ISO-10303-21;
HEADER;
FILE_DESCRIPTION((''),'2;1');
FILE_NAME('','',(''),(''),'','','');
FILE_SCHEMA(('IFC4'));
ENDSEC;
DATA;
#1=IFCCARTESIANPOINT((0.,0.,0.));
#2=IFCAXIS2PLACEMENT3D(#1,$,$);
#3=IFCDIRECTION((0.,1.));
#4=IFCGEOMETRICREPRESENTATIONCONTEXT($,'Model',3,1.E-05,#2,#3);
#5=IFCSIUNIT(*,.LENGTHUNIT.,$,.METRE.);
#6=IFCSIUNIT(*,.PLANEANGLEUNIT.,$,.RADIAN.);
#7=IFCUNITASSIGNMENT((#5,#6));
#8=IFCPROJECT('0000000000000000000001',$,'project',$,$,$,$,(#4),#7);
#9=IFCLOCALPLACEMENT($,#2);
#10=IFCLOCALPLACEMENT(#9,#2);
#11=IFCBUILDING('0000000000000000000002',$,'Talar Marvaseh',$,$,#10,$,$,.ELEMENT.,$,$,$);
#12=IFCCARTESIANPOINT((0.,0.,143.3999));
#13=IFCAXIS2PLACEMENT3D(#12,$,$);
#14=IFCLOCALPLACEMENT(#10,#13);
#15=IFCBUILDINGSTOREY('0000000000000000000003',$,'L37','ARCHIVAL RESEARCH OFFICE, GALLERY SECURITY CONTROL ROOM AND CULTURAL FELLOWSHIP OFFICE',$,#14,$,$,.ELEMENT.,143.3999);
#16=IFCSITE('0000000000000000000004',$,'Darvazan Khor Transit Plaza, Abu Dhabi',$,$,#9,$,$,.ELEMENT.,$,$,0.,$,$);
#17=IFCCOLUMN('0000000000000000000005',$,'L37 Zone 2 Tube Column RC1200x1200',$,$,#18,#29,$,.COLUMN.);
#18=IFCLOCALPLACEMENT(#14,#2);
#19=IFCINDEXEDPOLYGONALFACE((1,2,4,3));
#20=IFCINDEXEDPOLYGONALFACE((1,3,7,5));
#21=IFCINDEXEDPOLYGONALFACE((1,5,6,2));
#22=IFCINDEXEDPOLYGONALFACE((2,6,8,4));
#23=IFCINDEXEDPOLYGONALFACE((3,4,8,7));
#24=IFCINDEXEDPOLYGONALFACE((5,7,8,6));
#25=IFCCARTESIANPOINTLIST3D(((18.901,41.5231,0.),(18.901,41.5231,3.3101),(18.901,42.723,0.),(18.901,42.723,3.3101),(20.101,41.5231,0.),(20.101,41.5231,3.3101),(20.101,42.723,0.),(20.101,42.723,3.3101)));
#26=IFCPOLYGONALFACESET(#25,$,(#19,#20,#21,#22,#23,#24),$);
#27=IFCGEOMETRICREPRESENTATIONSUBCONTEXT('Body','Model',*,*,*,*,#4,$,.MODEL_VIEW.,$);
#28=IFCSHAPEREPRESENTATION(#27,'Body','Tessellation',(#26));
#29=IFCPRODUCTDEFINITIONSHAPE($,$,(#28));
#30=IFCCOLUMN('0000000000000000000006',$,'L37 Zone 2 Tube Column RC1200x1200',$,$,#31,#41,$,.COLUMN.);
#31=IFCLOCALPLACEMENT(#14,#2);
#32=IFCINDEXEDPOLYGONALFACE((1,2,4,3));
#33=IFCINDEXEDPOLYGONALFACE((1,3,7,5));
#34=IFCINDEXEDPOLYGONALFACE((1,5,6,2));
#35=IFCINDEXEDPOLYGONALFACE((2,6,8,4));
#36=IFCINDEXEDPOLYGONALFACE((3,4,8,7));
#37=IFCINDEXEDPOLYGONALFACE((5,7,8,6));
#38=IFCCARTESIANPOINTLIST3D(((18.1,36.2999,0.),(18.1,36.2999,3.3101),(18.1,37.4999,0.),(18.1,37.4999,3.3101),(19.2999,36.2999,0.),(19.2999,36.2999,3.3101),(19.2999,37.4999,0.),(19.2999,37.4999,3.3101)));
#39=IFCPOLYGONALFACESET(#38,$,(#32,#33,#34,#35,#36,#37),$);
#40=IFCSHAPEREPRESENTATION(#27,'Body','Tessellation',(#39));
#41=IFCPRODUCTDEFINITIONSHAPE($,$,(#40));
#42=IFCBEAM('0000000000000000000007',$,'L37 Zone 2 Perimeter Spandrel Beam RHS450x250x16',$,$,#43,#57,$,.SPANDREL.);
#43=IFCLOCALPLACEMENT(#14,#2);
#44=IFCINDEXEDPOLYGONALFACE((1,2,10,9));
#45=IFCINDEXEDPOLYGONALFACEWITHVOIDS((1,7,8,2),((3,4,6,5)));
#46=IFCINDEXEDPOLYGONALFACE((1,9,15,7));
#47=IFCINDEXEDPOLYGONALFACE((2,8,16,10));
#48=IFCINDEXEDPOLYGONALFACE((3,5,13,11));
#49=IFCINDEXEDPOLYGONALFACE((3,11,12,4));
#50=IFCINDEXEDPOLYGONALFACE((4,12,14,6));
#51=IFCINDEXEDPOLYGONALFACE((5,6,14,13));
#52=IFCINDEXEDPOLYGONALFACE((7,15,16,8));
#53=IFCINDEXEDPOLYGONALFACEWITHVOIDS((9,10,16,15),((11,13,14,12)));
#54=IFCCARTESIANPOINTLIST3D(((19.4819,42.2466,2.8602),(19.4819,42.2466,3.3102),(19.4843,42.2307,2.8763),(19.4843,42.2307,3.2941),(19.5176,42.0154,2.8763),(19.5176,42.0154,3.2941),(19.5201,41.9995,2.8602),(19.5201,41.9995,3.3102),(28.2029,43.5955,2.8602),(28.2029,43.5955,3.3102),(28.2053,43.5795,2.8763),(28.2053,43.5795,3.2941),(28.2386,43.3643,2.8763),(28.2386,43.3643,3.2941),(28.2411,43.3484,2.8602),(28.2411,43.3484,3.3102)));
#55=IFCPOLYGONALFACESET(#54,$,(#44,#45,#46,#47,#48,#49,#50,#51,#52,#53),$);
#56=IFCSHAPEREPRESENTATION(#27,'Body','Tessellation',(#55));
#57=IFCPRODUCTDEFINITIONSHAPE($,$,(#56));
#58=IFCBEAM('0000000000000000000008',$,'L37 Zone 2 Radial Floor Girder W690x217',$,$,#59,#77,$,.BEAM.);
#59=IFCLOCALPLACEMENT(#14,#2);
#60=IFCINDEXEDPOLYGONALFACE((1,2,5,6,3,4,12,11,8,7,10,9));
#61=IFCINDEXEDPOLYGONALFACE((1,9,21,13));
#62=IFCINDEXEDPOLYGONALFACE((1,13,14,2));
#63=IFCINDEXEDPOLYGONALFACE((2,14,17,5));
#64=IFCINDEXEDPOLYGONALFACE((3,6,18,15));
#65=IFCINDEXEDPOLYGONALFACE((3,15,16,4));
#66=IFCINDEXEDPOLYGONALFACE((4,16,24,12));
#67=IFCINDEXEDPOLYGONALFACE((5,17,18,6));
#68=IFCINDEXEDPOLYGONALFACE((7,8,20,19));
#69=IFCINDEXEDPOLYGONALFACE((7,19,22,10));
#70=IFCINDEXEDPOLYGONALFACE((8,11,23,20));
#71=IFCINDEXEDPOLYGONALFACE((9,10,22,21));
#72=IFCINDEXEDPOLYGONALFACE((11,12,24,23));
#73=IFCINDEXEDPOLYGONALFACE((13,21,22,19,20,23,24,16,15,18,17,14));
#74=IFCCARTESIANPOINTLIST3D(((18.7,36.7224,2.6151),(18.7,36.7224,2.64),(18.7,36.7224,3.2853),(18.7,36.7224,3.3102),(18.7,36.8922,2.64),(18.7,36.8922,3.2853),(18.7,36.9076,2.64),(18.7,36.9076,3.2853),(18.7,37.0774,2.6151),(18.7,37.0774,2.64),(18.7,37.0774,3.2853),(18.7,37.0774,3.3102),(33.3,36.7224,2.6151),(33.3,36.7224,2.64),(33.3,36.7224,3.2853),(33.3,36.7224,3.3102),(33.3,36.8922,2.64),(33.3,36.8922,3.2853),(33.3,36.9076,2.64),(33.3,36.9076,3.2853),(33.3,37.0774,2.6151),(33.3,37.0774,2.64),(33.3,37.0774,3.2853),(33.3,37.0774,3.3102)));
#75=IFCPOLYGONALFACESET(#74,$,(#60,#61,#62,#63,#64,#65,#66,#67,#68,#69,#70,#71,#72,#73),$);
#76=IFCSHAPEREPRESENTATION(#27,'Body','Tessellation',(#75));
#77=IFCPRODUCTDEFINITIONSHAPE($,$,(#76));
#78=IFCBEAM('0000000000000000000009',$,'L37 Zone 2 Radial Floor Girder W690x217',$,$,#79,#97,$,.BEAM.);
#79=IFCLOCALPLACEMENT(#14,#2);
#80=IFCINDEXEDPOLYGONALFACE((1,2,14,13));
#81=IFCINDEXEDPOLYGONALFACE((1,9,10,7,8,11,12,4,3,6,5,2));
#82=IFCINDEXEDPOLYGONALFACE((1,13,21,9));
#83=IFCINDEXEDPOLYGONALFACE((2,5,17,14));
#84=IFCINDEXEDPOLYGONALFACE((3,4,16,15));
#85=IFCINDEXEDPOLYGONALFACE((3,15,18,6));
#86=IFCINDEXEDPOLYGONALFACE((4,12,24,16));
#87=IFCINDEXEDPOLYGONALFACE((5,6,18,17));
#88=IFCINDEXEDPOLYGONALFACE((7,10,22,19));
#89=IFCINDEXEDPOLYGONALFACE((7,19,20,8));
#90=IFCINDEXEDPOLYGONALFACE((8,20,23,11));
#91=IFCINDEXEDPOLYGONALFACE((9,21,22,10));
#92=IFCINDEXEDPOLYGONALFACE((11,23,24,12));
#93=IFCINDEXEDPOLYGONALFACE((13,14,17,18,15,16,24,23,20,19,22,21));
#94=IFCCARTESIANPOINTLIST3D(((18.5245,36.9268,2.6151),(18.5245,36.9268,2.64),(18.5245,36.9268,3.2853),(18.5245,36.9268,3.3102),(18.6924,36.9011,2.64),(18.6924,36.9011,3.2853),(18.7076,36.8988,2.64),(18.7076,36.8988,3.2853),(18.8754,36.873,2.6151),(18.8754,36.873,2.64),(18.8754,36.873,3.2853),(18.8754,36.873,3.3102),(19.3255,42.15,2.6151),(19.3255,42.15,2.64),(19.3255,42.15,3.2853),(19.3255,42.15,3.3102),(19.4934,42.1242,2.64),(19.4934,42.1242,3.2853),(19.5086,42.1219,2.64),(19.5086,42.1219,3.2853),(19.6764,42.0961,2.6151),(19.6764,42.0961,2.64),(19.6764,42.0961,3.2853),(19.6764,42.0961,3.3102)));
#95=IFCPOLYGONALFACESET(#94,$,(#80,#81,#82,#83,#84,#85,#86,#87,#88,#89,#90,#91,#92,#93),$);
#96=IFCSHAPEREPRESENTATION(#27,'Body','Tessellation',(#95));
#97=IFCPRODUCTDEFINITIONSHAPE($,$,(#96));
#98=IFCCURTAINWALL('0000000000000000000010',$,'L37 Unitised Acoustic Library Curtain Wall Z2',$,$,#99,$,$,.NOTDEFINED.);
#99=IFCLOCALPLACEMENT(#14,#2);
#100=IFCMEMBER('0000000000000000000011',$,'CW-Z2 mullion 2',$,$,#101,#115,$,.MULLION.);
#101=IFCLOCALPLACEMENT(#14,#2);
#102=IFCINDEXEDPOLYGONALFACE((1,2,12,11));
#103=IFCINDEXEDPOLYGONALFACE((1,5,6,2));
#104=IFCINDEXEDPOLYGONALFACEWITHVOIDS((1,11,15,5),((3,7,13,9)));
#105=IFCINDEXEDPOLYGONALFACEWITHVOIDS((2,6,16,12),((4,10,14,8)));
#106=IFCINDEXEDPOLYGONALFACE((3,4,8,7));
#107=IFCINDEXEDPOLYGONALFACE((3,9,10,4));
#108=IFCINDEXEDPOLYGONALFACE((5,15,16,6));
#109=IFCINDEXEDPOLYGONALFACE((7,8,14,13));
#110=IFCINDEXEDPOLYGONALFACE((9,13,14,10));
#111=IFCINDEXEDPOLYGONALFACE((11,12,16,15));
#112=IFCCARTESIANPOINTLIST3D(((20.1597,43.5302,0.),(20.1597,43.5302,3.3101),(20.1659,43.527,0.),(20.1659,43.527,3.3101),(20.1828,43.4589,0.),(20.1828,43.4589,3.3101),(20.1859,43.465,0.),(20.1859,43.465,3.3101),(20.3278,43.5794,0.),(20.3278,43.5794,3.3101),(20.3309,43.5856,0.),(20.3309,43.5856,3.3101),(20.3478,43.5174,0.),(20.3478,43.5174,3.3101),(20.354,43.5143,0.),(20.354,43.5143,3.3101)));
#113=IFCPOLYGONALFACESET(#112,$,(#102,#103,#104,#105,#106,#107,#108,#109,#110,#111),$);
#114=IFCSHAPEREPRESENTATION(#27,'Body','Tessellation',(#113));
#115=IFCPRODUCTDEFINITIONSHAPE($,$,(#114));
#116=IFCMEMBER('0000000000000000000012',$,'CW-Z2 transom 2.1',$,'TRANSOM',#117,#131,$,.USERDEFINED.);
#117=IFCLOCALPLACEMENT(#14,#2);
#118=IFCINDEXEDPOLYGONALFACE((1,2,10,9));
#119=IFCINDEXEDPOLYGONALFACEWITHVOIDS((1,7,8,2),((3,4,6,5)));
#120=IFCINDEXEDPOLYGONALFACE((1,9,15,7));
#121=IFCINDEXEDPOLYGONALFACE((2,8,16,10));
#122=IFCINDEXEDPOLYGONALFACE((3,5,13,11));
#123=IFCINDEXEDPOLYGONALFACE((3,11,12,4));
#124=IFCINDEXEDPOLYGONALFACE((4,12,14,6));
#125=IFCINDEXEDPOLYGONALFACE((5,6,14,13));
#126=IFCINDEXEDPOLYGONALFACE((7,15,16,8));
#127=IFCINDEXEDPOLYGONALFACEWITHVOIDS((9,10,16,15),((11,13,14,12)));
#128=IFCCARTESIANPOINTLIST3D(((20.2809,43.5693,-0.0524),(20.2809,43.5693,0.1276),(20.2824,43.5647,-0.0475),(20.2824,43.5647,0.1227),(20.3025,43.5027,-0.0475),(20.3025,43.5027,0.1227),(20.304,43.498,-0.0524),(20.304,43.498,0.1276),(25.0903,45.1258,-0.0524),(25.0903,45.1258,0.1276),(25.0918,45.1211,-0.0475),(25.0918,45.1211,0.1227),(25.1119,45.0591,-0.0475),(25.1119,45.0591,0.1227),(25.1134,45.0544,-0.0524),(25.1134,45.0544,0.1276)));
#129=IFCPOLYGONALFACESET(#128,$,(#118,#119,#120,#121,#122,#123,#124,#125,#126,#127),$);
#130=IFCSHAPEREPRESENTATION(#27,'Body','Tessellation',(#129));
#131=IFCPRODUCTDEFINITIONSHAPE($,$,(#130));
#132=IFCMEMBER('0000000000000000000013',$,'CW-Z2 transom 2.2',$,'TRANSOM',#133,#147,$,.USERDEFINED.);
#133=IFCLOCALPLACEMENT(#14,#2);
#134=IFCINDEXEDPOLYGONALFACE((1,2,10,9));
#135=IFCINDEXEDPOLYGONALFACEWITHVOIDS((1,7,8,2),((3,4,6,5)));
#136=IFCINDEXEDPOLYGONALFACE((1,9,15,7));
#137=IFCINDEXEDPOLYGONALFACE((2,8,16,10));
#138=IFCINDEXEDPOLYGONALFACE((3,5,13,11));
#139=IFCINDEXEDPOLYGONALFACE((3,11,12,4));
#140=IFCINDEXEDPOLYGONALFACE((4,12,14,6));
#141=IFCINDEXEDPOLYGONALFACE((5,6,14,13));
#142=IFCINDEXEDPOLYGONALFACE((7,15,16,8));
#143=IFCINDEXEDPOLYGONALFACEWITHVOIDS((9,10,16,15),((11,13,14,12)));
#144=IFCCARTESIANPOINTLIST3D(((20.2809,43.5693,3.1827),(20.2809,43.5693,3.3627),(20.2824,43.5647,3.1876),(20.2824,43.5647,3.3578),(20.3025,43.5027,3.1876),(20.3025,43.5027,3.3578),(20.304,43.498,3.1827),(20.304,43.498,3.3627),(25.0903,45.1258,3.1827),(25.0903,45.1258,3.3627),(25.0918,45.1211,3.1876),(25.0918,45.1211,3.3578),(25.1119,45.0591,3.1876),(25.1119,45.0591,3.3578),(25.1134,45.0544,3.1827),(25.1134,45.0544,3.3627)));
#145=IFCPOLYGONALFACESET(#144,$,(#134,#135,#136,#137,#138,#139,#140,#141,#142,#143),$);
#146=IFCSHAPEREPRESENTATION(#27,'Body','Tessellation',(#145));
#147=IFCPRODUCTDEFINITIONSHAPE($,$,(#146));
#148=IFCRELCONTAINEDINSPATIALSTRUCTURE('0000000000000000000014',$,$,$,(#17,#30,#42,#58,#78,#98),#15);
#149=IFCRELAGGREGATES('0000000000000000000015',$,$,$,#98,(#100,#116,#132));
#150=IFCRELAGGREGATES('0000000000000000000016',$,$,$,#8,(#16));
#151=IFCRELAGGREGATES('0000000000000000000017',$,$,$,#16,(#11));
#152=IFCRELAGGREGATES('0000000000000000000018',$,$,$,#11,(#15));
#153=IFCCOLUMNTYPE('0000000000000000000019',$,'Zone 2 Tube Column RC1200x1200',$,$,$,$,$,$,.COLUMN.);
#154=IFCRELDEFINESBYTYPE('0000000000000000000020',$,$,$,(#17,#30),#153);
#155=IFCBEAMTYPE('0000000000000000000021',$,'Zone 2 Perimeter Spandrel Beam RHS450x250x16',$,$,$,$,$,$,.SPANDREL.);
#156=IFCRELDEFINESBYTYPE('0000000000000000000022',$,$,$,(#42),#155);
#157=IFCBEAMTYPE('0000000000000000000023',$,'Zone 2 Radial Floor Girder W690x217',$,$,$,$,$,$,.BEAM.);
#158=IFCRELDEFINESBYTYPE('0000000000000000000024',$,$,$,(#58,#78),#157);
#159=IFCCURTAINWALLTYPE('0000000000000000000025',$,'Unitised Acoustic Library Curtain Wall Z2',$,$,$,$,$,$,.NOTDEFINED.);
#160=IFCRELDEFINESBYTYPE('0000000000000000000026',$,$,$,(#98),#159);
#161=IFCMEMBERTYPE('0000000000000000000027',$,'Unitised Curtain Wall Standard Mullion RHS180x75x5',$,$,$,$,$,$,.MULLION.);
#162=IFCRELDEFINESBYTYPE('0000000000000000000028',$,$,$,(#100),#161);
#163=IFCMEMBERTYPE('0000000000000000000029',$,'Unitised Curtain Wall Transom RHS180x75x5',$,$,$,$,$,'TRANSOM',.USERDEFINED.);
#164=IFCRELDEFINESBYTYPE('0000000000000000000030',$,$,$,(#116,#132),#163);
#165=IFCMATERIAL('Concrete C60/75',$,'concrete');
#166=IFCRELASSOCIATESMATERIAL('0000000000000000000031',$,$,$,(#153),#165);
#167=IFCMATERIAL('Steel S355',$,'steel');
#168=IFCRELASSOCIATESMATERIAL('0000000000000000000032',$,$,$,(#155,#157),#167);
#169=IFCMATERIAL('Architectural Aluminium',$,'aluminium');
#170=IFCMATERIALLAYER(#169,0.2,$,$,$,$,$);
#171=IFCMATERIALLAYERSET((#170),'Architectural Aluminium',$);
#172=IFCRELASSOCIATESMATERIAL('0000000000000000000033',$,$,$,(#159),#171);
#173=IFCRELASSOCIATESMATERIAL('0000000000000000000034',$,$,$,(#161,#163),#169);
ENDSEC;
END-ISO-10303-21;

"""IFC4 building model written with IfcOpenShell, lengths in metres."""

from ifc_helpers import new_model, si_unit, direction, frame, origin, origin_2d, place, context, subcontext, project, spatial, rectangle, hollow_rectangle, i_section, extrude, source, transform, mapped, material, layer, layer_set, material_profile, profile_set, type_object, type_shapes, element, aggregate, save


model = new_model("IFC4")

# Units and contexts
model_context = context("Model", 3, precision=1e-05, world=origin(), true_north=direction((0.0, 1.0)))
body_context = subcontext(model_context, "Body", "Model", "MODEL_VIEW")
ifc_project = project(units=[si_unit("LENGTHUNIT", "METRE"), si_unit("PLANEANGLEUNIT", "RADIAN")], contexts=[model_context])

# Site, building, storey
site_placement = place(None, origin())
site = spatial("IfcSite", under=ifc_project, at=site_placement, Name="Darvazan Khor Transit Plaza, Abu Dhabi", CompositionType="ELEMENT", RefElevation=0.0)
building_placement = place(site_placement, origin())
building = spatial("IfcBuilding", under=site, at=building_placement, Name="Talar Marvaseh", CompositionType="ELEMENT")
storey_placement = place(building_placement, frame((0.0, 0.0, 143.3999)))
storey = spatial("IfcBuildingStorey", under=building, at=storey_placement, Name="L37", Description="ARCHIVAL RESEARCH OFFICE, GALLERY SECURITY CONTROL ROOM AND CULTURAL FELLOWSHIP OFFICE", CompositionType="ELEMENT", Elevation=143.3999)

# Columns
ifc_material_1 = material(Name="Concrete C60/75", Category="concrete")
ifc_material_profile_1 = material_profile(ifc_material_1, rectangle(XDim=1.2, YDim=1.2, at=origin_2d()), Name="RC1200x1200")
ifc_profile_set_1 = profile_set([ifc_material_profile_1], Name="Concrete C60/75")
column_type = type_object("IfcColumnType", Name="Zone 2 Tube Column RC1200x1200", PredefinedType="COLUMN", material=ifc_profile_set_1)
for number, where, z_axis, x_axis, name in (
    (1, (19.501, 42.123, 0.0), (0.0, 0.0, 1.0), (1.0, 0.0, 0.0), "L37 Zone 2 Tube Column RC1200x1200"),
    (2, (18.7, 36.8999, 0.0), (0.0, 0.0, 1.0), (1.0, 0.0, 0.0), "L37 Zone 2 Tube Column RC1200x1200"),
):
    element("IfcColumn", number, at=place(storey_placement, frame(where, z_axis=z_axis, x_axis=x_axis)), inside=storey, type_object=column_type, Name=name, PredefinedType="COLUMN", context=body_context, shape_type="SweptSolid", body=[
        extrude(rectangle(XDim=1.2, YDim=1.2, at=origin_2d()), origin(), (0.0, 0.0, 1.0), 3.3101),
    ])

# Beams
ifc_material_2 = material(Name="Steel S355", Category="steel")
ifc_material_profile_2 = material_profile(ifc_material_2, hollow_rectangle(XDim=0.25, YDim=0.45, WallThickness=0.0161, at=origin_2d()), Name="RHS450x250x16")
ifc_profile_set_2 = profile_set([ifc_material_profile_2], Name="Steel S355")
beam_type_1 = type_object("IfcBeamType", Name="Zone 2 Perimeter Spandrel Beam RHS450x250x16", PredefinedType="SPANDREL", material=ifc_profile_set_2)
beam_1_placement = place(storey_placement, frame((19.501, 42.123, 3.0852), z_axis=(0.988249, 0.152853, 0.0), x_axis=(-0.152853, 0.988249, 0.0)))
element("IfcBeam", 3, at=beam_1_placement, inside=storey, type_object=beam_type_1, Name="L37 Zone 2 Perimeter Spandrel Beam RHS450x250x16", PredefinedType="SPANDREL", context=body_context, shape_type="SweptSolid", body=[
    extrude(hollow_rectangle(XDim=0.25, YDim=0.45, WallThickness=0.0161, at=origin_2d()), origin(), (0.0, 0.0, 1.0), 8.8247),
])
ifc_material_profile_3 = material_profile(ifc_material_2, i_section(OverallWidth=0.355, OverallDepth=0.6951, WebThickness=0.0154, FlangeThickness=0.0249, at=origin_2d()), Name="W690x217")
ifc_profile_set_3 = profile_set([ifc_material_profile_3], Name="Steel S355")
beam_type_2 = type_object("IfcBeamType", Name="Zone 2 Radial Floor Girder W690x217", PredefinedType="BEAM", material=ifc_profile_set_3)
beam_2_placement = place(storey_placement, frame((18.7, 36.8999, 2.9626), z_axis=(1.0, 0.0, 0.0), x_axis=(0.0, 1.0, 0.0)))
element("IfcBeam", 4, at=beam_2_placement, inside=storey, type_object=beam_type_2, Name="L37 Zone 2 Radial Floor Girder W690x217", PredefinedType="BEAM", context=body_context, shape_type="SweptSolid", body=[
    extrude(i_section(OverallWidth=0.355, OverallDepth=0.6951, WebThickness=0.0154, FlangeThickness=0.0249, at=origin_2d()), origin(), (0.0, 0.0, 1.0), 14.6001),
])
beam_3_placement = place(storey_placement, frame((19.501, 42.123, 2.9626), z_axis=(-0.151588, -0.988444, 0.0), x_axis=(0.988444, -0.151588, 0.0)))
element("IfcBeam", 5, at=beam_3_placement, inside=storey, type_object=beam_type_2, Name="L37 Zone 2 Radial Floor Girder W690x217", PredefinedType="BEAM", context=body_context, shape_type="SweptSolid", body=[
    extrude(i_section(OverallWidth=0.355, OverallDepth=0.6951, WebThickness=0.0154, FlangeThickness=0.0249, at=origin_2d()), origin(), (0.0, 0.0, 1.0), 5.2842),
])

# Curtain wall, members
ifc_material_3 = material(Name="Architectural Aluminium", Category="aluminium")
ifc_layer_1 = layer(ifc_material_3, 0.2)
ifc_layer_set_1 = layer_set([ifc_layer_1], Name="Architectural Aluminium")
curtain_wall_type = type_object("IfcCurtainWallType", Name="Unitised Acoustic Library Curtain Wall Z2", PredefinedType="NOTDEFINED", material=ifc_layer_set_1)
curtain_wall_placement = place(storey_placement, origin())
curtain_wall = element("IfcCurtainWall", 6, at=curtain_wall_placement, inside=storey, type_object=curtain_wall_type, Name="L37 Unitised Acoustic Library Curtain Wall Z2", PredefinedType="NOTDEFINED")
ifc_material_profile_4 = material_profile(ifc_material_3, hollow_rectangle(XDim=0.075, YDim=0.1799, WallThickness=0.0049, at=origin_2d()), Name="RHS180x75x5")
ifc_profile_set_4 = profile_set([ifc_material_profile_4], Name="Architectural Aluminium")
member_type_1 = type_object("IfcMemberType", Name="Unitised Curtain Wall Standard Mullion RHS180x75x5", PredefinedType="MULLION", material=ifc_profile_set_4)
shared_shape_1 = source(origin(), body_context, "Body", "SweptSolid", [
    extrude(hollow_rectangle(XDim=0.075, YDim=0.1799, WallThickness=0.0049, at=origin_2d()), origin(), (0.0, 0.0, 1.0), 3.3101),
])
type_shapes(member_type_1, [shared_shape_1])
member_1_placement = place(storey_placement, frame((20.2568, 43.5222, 0.0), z_axis=(0.0, 0.0, 1.0), x_axis=(-0.307886, 0.951423, 0.0)))
member_1 = element("IfcMember", 7, at=member_1_placement, type_object=member_type_1, Name="CW-Z2 mullion 2", PredefinedType="MULLION", context=body_context, shape_type="MappedRepresentation", body=[
    mapped(shared_shape_1, transform((0.0, 0.0, 0.0), x_axis=(1.0, 0.0, 0.0), y_axis=(0.0, 1.0, 0.0), z_axis=(0.0, 0.0, 1.0), scale=1.0)),
])
ifc_material_profile_5 = material_profile(ifc_material_3, hollow_rectangle(XDim=0.075, YDim=0.1799, WallThickness=0.0049, at=origin_2d()), Name="RHS180x75x5")
ifc_profile_set_5 = profile_set([ifc_material_profile_5], Name="Architectural Aluminium")
member_type_2 = type_object("IfcMemberType", Name="Unitised Curtain Wall Transom RHS180x75x5", ElementType="TRANSOM", PredefinedType="USERDEFINED", material=ifc_profile_set_5)
shared_shape_2 = source(origin(), body_context, "Body", "SweptSolid", [
    extrude(hollow_rectangle(XDim=0.075, YDim=0.1799, WallThickness=0.0049, at=origin_2d()), origin(), (0.0, 0.0, 1.0), 5.0549),
])
type_shapes(member_type_2, [shared_shape_2])
member_2_placement = place(storey_placement, frame((20.2925, 43.5337, 0.0376), z_axis=(0.951419, 0.307899, 0.0), x_axis=(-0.307899, 0.951419, 0.0)))
member_2 = element("IfcMember", 8, at=member_2_placement, type_object=member_type_2, Name="CW-Z2 transom 2.1", ObjectType="TRANSOM", PredefinedType="USERDEFINED", context=body_context, shape_type="MappedRepresentation", body=[
    mapped(shared_shape_2, transform((0.0, 0.0, 0.0), x_axis=(1.0, 0.0, 0.0), y_axis=(0.0, 1.0, 0.0), z_axis=(0.0, 0.0, 1.0), scale=1.0)),
])
member_3_placement = place(storey_placement, frame((20.2925, 43.5337, 3.2727), z_axis=(0.951419, 0.307899, 0.0), x_axis=(-0.307899, 0.951419, 0.0)))
member_3 = element("IfcMember", 9, at=member_3_placement, type_object=member_type_2, Name="CW-Z2 transom 2.2", ObjectType="TRANSOM", PredefinedType="USERDEFINED", context=body_context, shape_type="MappedRepresentation", body=[
    mapped(shared_shape_2, transform((0.0, 0.0, 0.0), x_axis=(1.0, 0.0, 0.0), y_axis=(0.0, 1.0, 0.0), z_axis=(0.0, 0.0, 1.0), scale=1.0)),
])
aggregate(curtain_wall, [member_1, member_2, member_3])

save(model, "model.ifc")
